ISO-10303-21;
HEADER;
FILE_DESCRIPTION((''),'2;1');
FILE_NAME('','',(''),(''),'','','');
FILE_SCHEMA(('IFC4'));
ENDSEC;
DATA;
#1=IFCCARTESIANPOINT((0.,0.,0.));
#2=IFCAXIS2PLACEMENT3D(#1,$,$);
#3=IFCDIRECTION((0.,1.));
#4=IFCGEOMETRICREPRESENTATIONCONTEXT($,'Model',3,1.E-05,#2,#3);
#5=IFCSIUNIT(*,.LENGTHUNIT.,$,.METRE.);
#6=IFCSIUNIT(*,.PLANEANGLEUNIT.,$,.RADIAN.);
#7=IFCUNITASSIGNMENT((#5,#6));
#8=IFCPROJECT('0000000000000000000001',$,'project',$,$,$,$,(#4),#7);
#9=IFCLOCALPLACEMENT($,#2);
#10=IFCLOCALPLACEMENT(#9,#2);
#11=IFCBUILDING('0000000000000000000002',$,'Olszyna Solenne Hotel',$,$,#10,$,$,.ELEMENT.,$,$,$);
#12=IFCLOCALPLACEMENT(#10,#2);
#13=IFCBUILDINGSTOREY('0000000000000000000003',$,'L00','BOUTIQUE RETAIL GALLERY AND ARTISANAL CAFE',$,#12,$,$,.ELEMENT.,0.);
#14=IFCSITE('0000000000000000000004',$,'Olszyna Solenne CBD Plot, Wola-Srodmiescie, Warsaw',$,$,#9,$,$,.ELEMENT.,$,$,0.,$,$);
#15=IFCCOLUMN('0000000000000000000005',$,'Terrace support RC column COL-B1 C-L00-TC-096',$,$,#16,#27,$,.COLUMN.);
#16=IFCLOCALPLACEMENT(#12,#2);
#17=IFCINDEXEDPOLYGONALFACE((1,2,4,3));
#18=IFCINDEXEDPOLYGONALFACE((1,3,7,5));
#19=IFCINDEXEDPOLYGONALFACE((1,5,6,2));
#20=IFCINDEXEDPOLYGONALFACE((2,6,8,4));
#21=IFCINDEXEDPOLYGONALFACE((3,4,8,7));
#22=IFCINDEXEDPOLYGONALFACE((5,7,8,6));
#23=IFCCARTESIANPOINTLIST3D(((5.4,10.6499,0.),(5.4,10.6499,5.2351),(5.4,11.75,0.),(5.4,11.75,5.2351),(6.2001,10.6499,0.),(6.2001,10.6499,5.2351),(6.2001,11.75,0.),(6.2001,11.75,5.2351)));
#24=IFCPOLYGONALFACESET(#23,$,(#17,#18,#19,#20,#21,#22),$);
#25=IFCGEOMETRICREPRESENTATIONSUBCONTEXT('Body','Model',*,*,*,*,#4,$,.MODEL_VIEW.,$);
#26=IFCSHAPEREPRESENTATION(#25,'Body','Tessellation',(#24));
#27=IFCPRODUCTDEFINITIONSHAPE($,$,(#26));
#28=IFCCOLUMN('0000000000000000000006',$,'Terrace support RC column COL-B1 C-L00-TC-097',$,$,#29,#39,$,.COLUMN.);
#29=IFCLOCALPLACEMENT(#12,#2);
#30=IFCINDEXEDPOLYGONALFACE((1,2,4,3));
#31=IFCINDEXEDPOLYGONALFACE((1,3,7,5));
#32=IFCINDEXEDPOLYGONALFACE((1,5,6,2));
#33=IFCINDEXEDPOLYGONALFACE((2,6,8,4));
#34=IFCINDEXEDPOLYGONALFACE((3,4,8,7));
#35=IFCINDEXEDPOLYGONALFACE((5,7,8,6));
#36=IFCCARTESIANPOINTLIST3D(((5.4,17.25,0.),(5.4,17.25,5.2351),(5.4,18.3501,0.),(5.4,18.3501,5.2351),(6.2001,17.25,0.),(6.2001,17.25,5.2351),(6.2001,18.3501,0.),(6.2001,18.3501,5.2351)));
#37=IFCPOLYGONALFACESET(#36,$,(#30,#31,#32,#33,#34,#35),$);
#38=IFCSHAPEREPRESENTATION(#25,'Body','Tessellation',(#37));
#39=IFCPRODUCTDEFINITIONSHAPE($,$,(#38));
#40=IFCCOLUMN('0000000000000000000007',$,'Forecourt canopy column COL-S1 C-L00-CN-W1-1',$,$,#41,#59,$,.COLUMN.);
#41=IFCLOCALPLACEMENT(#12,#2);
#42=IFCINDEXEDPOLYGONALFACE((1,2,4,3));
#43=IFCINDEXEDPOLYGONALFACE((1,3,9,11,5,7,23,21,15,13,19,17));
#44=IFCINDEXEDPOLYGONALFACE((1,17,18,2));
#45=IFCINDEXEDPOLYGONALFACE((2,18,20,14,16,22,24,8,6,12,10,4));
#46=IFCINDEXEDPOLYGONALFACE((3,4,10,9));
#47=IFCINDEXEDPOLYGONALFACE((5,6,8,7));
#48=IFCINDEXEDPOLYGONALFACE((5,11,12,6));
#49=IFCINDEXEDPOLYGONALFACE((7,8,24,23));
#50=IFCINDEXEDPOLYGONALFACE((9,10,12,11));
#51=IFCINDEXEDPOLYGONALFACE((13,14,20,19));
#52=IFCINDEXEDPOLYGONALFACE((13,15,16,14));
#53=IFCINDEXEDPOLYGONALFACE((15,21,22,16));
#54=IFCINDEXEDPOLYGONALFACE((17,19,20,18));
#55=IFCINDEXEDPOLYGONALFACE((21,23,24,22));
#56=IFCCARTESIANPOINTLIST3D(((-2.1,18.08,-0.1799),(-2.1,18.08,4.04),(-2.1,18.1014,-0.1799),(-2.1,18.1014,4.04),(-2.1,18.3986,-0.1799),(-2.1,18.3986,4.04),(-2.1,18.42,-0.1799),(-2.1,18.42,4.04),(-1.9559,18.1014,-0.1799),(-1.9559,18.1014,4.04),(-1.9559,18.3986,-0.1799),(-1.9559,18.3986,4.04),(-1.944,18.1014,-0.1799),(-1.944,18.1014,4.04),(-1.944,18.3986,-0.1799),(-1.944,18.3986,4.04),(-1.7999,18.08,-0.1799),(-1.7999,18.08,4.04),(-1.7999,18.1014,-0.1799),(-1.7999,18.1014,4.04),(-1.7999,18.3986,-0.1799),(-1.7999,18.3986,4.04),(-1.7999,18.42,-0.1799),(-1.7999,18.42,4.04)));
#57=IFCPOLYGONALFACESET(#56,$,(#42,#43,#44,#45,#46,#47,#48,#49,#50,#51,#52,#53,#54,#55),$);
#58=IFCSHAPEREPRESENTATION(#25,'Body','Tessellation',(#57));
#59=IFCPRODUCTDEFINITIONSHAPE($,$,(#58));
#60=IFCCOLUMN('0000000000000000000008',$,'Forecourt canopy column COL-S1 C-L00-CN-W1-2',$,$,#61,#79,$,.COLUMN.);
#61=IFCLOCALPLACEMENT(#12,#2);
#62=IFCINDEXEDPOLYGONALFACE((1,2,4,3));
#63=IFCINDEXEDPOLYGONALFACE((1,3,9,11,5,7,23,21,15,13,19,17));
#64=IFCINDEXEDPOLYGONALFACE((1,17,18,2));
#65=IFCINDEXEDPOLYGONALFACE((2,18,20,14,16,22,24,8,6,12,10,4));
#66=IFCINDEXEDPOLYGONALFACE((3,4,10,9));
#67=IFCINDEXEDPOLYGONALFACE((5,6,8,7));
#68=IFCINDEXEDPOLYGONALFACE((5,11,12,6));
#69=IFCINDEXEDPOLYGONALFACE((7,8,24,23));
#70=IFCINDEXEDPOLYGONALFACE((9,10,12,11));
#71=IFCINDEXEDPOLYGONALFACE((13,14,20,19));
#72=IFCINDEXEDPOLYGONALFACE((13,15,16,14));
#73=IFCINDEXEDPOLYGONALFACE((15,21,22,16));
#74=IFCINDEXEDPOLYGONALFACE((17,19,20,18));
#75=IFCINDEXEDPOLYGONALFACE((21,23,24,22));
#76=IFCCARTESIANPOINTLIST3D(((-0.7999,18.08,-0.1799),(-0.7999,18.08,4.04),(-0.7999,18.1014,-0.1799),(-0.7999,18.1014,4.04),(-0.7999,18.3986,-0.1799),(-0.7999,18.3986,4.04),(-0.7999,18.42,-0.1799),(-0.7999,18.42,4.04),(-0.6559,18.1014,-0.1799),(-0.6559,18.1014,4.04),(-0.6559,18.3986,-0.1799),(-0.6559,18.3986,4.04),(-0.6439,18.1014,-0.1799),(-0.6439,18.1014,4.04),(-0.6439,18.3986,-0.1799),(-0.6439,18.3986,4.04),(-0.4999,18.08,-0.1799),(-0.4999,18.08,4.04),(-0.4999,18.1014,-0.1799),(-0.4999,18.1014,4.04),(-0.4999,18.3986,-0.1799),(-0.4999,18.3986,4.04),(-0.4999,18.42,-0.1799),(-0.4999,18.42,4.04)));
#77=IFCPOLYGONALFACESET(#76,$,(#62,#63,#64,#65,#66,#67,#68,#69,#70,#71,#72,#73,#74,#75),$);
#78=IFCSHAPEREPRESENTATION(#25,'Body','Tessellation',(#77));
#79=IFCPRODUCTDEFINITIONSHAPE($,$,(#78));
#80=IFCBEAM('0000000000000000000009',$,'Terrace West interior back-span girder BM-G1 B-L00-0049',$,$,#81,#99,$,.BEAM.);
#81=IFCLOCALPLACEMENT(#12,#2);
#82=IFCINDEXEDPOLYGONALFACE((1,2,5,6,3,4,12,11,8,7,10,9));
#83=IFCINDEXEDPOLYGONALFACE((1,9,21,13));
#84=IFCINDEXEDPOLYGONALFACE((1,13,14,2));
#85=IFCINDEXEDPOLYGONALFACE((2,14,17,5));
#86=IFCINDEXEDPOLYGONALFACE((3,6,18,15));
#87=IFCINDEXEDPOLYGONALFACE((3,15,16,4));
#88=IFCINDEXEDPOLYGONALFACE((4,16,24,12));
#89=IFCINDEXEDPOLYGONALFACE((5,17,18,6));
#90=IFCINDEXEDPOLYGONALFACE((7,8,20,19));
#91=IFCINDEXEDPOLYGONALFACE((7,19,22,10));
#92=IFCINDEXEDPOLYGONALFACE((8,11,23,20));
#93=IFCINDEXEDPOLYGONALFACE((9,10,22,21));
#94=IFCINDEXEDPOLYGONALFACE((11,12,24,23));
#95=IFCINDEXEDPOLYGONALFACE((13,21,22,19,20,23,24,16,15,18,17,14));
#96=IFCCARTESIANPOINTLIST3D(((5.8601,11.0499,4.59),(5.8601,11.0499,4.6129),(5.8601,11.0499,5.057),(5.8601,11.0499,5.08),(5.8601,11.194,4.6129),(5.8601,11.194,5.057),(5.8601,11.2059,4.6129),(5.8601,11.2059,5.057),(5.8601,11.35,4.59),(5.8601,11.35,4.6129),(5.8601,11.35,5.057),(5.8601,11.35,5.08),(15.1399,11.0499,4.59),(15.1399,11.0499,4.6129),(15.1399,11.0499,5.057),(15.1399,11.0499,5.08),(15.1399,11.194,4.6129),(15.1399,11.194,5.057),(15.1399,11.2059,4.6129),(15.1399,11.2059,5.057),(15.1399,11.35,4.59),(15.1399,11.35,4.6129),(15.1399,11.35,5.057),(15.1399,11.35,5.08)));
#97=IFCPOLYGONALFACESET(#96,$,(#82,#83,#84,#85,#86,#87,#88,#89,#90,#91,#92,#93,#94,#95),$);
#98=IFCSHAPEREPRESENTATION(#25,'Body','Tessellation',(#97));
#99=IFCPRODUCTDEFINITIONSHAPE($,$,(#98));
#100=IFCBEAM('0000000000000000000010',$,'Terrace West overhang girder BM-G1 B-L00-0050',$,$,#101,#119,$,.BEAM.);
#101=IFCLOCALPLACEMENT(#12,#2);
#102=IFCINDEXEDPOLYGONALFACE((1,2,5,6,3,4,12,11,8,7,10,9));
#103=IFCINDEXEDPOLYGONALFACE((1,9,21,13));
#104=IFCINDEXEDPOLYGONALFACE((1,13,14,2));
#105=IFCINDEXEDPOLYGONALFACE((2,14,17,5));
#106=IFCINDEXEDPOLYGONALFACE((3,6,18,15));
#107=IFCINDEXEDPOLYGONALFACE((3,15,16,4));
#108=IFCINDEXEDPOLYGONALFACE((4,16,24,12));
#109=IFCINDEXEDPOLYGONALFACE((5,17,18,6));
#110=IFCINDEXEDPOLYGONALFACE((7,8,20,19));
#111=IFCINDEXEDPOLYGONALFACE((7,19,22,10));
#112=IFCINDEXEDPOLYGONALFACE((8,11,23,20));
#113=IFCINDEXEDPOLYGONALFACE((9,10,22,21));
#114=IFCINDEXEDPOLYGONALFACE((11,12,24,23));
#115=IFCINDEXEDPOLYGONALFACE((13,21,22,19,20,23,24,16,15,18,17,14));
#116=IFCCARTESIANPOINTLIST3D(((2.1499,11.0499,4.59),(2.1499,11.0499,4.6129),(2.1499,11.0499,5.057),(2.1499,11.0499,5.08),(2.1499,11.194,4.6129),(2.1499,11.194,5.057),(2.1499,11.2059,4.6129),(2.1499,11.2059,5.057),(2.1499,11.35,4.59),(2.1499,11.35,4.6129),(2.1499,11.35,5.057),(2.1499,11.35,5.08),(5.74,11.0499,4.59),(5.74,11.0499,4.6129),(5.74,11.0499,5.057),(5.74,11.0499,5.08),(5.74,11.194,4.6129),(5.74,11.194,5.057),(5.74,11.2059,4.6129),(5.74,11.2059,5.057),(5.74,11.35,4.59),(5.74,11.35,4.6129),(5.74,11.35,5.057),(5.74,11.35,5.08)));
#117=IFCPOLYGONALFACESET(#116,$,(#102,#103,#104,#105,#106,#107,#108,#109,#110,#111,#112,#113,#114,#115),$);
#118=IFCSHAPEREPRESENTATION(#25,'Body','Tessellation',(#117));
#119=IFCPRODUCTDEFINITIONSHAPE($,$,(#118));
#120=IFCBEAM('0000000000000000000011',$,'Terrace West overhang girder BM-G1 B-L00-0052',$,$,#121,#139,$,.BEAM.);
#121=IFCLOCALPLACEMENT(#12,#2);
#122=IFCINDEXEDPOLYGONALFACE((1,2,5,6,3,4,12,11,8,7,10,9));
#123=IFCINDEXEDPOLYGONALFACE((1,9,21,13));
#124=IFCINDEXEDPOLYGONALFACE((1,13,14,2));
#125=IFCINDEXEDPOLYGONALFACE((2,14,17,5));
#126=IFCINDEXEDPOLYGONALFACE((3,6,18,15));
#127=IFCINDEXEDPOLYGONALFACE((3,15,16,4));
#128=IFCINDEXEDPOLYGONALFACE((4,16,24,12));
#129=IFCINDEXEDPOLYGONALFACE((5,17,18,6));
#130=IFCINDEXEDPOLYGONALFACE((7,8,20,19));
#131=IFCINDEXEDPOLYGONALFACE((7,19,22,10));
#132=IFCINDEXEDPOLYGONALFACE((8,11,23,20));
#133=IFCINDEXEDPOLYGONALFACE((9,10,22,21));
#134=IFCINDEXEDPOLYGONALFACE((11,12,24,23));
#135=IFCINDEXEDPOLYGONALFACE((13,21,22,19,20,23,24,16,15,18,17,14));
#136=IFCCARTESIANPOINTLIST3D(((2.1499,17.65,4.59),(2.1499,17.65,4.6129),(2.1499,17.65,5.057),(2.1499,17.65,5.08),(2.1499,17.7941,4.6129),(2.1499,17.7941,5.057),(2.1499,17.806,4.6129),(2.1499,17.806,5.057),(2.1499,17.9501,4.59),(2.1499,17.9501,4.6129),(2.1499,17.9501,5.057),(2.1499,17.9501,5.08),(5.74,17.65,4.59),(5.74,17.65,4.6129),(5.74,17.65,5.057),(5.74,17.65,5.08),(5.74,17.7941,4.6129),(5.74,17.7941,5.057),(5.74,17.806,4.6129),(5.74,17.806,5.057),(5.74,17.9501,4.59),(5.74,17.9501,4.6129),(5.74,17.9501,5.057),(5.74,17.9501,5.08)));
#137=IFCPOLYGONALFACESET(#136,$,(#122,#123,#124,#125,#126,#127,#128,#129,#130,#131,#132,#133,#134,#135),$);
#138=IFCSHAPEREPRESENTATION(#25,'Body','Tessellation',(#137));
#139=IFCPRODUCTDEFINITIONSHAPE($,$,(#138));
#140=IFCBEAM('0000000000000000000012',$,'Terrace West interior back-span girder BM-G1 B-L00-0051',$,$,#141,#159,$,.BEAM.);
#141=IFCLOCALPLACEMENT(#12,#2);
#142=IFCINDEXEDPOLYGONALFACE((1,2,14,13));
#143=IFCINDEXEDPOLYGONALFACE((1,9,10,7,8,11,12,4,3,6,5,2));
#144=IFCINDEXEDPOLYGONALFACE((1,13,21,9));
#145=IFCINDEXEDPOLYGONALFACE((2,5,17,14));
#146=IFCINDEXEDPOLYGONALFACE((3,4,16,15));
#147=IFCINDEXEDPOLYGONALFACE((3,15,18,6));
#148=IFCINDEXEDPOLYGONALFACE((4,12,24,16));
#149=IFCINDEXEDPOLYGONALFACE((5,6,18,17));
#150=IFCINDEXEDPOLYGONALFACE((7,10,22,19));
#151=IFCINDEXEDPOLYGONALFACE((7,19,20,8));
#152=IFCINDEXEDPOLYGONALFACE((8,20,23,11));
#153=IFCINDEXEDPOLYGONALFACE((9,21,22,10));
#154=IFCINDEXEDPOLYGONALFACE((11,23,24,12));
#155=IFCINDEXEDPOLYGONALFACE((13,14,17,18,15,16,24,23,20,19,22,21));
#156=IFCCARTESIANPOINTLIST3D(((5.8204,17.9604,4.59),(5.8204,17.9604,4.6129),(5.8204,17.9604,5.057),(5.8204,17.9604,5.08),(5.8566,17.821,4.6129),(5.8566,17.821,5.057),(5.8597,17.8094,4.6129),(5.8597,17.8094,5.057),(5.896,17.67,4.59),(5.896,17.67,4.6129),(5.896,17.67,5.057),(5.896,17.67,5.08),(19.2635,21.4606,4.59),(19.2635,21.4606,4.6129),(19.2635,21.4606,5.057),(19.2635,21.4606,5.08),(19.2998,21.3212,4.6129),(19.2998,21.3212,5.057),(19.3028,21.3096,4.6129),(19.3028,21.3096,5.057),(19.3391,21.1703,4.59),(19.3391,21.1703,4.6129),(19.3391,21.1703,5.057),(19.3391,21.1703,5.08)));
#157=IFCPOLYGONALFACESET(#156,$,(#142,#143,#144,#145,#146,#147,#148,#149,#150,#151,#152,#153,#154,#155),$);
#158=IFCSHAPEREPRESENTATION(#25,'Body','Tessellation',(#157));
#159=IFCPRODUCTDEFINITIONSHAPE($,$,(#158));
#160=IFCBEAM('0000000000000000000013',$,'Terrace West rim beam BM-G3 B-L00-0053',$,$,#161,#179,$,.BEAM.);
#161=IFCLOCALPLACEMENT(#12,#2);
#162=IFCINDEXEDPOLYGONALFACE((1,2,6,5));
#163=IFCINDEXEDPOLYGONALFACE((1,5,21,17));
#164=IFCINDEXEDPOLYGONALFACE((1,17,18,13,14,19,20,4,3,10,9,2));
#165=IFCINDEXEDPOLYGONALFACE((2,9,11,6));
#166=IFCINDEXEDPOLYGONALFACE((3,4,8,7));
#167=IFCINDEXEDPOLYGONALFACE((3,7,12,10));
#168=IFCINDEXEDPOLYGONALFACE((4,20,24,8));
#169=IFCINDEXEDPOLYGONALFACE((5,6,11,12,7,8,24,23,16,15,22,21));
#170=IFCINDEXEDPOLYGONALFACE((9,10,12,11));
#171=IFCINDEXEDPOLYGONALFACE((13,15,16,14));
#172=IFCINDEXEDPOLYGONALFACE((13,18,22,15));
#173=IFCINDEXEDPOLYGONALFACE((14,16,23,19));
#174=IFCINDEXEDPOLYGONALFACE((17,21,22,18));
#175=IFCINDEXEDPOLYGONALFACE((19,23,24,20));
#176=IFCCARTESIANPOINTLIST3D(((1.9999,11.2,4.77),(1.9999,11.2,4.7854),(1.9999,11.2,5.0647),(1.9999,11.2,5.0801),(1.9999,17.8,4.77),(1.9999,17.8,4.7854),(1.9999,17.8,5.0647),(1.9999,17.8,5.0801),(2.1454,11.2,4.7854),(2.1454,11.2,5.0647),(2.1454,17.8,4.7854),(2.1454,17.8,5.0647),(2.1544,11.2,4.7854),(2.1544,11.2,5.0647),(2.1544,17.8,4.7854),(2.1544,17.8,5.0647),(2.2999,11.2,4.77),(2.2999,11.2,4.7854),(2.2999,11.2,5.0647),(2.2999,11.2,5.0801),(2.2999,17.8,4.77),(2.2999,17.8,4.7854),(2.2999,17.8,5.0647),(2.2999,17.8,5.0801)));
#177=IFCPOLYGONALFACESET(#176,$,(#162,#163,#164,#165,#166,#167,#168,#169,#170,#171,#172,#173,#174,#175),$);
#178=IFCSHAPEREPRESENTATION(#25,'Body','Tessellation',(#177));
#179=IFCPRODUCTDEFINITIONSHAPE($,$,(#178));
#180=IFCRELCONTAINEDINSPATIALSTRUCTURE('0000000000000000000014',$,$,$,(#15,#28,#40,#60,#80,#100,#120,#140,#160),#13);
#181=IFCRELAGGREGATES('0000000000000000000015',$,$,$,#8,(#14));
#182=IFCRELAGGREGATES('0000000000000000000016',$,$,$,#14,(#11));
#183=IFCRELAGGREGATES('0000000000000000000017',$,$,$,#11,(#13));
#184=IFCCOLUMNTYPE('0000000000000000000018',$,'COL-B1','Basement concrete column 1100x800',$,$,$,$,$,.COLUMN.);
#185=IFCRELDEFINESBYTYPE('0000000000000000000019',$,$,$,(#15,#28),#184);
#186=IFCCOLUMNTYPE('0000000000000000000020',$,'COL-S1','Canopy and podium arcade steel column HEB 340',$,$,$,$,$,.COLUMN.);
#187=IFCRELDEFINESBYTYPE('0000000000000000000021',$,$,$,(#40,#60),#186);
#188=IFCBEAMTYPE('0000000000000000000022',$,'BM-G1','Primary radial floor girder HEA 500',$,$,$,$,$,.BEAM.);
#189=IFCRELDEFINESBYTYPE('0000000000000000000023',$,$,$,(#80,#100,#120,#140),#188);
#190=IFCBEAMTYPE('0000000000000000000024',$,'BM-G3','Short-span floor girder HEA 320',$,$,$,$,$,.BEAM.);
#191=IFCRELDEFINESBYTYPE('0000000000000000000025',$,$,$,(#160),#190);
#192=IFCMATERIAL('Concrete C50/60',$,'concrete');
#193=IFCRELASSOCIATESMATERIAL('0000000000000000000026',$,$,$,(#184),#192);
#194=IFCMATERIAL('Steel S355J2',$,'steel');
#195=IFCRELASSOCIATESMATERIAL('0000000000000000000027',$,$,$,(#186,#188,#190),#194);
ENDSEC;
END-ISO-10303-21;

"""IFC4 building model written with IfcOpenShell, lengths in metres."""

from ifc_helpers import new_model, si_unit, direction, frame, origin, origin_2d, place, context, subcontext, project, spatial, rectangle, i_section, extrude, source, transform, mapped, material, material_profile, profile_set, type_object, element, save


model = new_model("IFC4")

# Units and contexts
model_context = context("Model", 3, precision=1e-05, world=origin(), true_north=direction((0.0, 1.0)))
body_context = subcontext(model_context, "Body", "Model", "MODEL_VIEW")
ifc_project = project(units=[si_unit("LENGTHUNIT", "METRE"), si_unit("PLANEANGLEUNIT", "RADIAN")], contexts=[model_context])

# Site, building, storey
site_placement = place(None, origin())
site = spatial("IfcSite", under=ifc_project, at=site_placement, Name="Olszyna Solenne CBD Plot, Wola-Srodmiescie, Warsaw", CompositionType="ELEMENT", RefElevation=0.0)
building_placement = place(site_placement, origin())
building = spatial("IfcBuilding", under=site, at=building_placement, Name="Olszyna Solenne Hotel", CompositionType="ELEMENT")
storey_placement = place(building_placement, origin())
storey = spatial("IfcBuildingStorey", under=building, at=storey_placement, Name="L00", Description="BOUTIQUE RETAIL GALLERY AND ARTISANAL CAFE", CompositionType="ELEMENT", Elevation=0.0)

# Columns
ifc_material_1 = material(Name="Concrete C50/60", Category="concrete")
ifc_material_profile_1 = material_profile(ifc_material_1, rectangle(XDim=0.8, YDim=1.1001, at=origin_2d()), Name="RC 1100x800", Category="load-bearing")
ifc_profile_set_1 = profile_set([ifc_material_profile_1], Name="Concrete C50/60")
column_type_1 = type_object("IfcColumnType", Name="COL-B1", Description="Basement concrete column 1100x800", PredefinedType="COLUMN", material=ifc_profile_set_1)
shared_shape_1 = source(origin(), body_context, "Body", "SweptSolid", [
    extrude(rectangle(XDim=0.8, YDim=1.1001, at=origin_2d()), origin(), (0.0, 0.0, 1.0), 5.2351),
])
for number, where, z_axis, x_axis, name in (
    (1, (5.8, 11.2, 0.0), (0.0, 0.0, 1.0), (1.0, 0.0, 0.0), "Terrace support RC column COL-B1 C-L00-TC-096"),
    (2, (5.8, 17.8, 0.0), (0.0, 0.0, 1.0), (1.0, 0.0, 0.0), "Terrace support RC column COL-B1 C-L00-TC-097"),
):
    element("IfcColumn", number, at=place(storey_placement, frame(where, z_axis=z_axis, x_axis=x_axis)), inside=storey, type_object=column_type_1, Name=name, PredefinedType="COLUMN", context=body_context, shape_type="MappedRepresentation", body=[
        mapped(shared_shape_1, transform((0.0, 0.0, 0.0), x_axis=(1.0, 0.0, 0.0), y_axis=(0.0, 1.0, 0.0), z_axis=(0.0, 0.0, 1.0), scale=1.0)),
    ])
ifc_material_2 = material(Name="Steel S355J2", Category="steel")
ifc_material_profile_2 = material_profile(ifc_material_2, i_section(OverallWidth=0.3, OverallDepth=0.3401, WebThickness=0.012, FlangeThickness=0.0215, at=origin_2d()), Name="HEB 340", Category="load-bearing")
ifc_profile_set_2 = profile_set([ifc_material_profile_2], Name="Steel S355J2")
column_type_2 = type_object("IfcColumnType", Name="COL-S1", Description="Canopy and podium arcade steel column HEB 340", PredefinedType="COLUMN", material=ifc_profile_set_2)
shared_shape_2 = source(origin(), body_context, "Body", "SweptSolid", [
    extrude(i_section(OverallWidth=0.3, OverallDepth=0.3401, WebThickness=0.012, FlangeThickness=0.0215, at=origin_2d()), origin(), (0.0, 0.0, 1.0), 4.22),
])
for number, where, z_axis, x_axis, name in (
    (3, (-1.95, 18.25, -0.1799), (0.0, 0.0, 1.0), (1.0, 0.0, 0.0), "Forecourt canopy column COL-S1 C-L00-CN-W1-1"),
    (4, (-0.6499, 18.25, -0.1799), (0.0, 0.0, 1.0), (1.0, 0.0, 0.0), "Forecourt canopy column COL-S1 C-L00-CN-W1-2"),
):
    element("IfcColumn", number, at=place(storey_placement, frame(where, z_axis=z_axis, x_axis=x_axis)), inside=storey, type_object=column_type_2, Name=name, PredefinedType="COLUMN", context=body_context, shape_type="MappedRepresentation", body=[
        mapped(shared_shape_2, transform((0.0, 0.0, 0.0), x_axis=(1.0, 0.0, 0.0), y_axis=(0.0, 1.0, 0.0), z_axis=(0.0, 0.0, 1.0), scale=1.0)),
    ])

# Beams
ifc_material_profile_3 = material_profile(ifc_material_2, i_section(OverallWidth=0.3, OverallDepth=0.49, WebThickness=0.012, FlangeThickness=0.0229, at=origin_2d()), Name="HEA 500", Category="load-bearing")
ifc_profile_set_3 = profile_set([ifc_material_profile_3], Name="Steel S355J2")
beam_type_1 = type_object("IfcBeamType", Name="BM-G1", Description="Primary radial floor girder HEA 500", PredefinedType="BEAM", material=ifc_profile_set_3)
shared_shape_3 = source(origin(), body_context, "Body", "SweptSolid", [
    extrude(i_section(OverallWidth=0.3, OverallDepth=0.49, WebThickness=0.012, FlangeThickness=0.0229, at=origin_2d()), origin(), (0.0, 0.0, 1.0), 9.2798),
])
beam_1_placement = place(storey_placement, frame((5.8601, 11.2, 4.835), z_axis=(1.0, 0.0, 0.0), x_axis=(0.0, 1.0, 0.0)))
element("IfcBeam", 5, at=beam_1_placement, inside=storey, type_object=beam_type_1, Name="Terrace West interior back-span girder BM-G1 B-L00-0049", PredefinedType="BEAM", context=body_context, shape_type="MappedRepresentation", body=[
    mapped(shared_shape_3, transform((0.0, 0.0, 0.0), x_axis=(1.0, 0.0, 0.0), y_axis=(0.0, 1.0, 0.0), z_axis=(0.0, 0.0, 1.0), scale=1.0)),
])
shared_shape_4 = source(origin(), body_context, "Body", "SweptSolid", [
    extrude(i_section(OverallWidth=0.3, OverallDepth=0.49, WebThickness=0.012, FlangeThickness=0.0229, at=origin_2d()), origin(), (0.0, 0.0, 1.0), 3.5901),
])
for number, where, z_axis, x_axis, name in (
    (6, (2.1499, 11.2, 4.835), (1.0, 0.0, 0.0), (0.0, 1.0, 0.0), "Terrace West overhang girder BM-G1 B-L00-0050"),
    (7, (2.1499, 17.8, 4.835), (1.0, 0.0, 0.0), (0.0, 1.0, 0.0), "Terrace West overhang girder BM-G1 B-L00-0052"),
):
    element("IfcBeam", number, at=place(storey_placement, frame(where, z_axis=z_axis, x_axis=x_axis)), inside=storey, type_object=beam_type_1, Name=name, PredefinedType="BEAM", context=body_context, shape_type="MappedRepresentation", body=[
        mapped(shared_shape_4, transform((0.0, 0.0, 0.0), x_axis=(1.0, 0.0, 0.0), y_axis=(0.0, 1.0, 0.0), z_axis=(0.0, 0.0, 1.0), scale=1.0)),
    ])
shared_shape_5 = source(origin(), body_context, "Body", "SweptSolid", [
    extrude(i_section(OverallWidth=0.3, OverallDepth=0.49, WebThickness=0.012, FlangeThickness=0.0229, at=origin_2d()), origin(), (0.0, 0.0, 1.0), 13.8914),
])
beam_2_placement = place(storey_placement, frame((5.8582, 17.8152, 4.835), z_axis=(0.967734, 0.251973, 0.0), x_axis=(-0.251973, 0.967734, 0.0)))
element("IfcBeam", 8, at=beam_2_placement, inside=storey, type_object=beam_type_1, Name="Terrace West interior back-span girder BM-G1 B-L00-0051", PredefinedType="BEAM", context=body_context, shape_type="MappedRepresentation", body=[
    mapped(shared_shape_5, transform((0.0, 0.0, 0.0), x_axis=(1.0, 0.0, 0.0), y_axis=(0.0, 1.0, 0.0), z_axis=(0.0, 0.0, 1.0), scale=1.0)),
])
ifc_material_profile_4 = material_profile(ifc_material_2, i_section(OverallWidth=0.3, OverallDepth=0.3101, WebThickness=0.009, FlangeThickness=0.0154, at=origin_2d()), Name="HEA 320", Category="load-bearing")
ifc_profile_set_4 = profile_set([ifc_material_profile_4], Name="Steel S355J2")
beam_type_2 = type_object("IfcBeamType", Name="BM-G3", Description="Short-span floor girder HEA 320", PredefinedType="BEAM", material=ifc_profile_set_4)
shared_shape_6 = source(origin(), body_context, "Body", "SweptSolid", [
    extrude(i_section(OverallWidth=0.3, OverallDepth=0.3101, WebThickness=0.009, FlangeThickness=0.0154, at=origin_2d()), origin(), (0.0, 0.0, 1.0), 6.6001),
])
beam_3_placement = place(storey_placement, frame((2.1499, 11.2, 4.925), z_axis=(0.0, 1.0, 0.0), x_axis=(-1.0, 0.0, 0.0)))
element("IfcBeam", 9, at=beam_3_placement, inside=storey, type_object=beam_type_2, Name="Terrace West rim beam BM-G3 B-L00-0053", PredefinedType="BEAM", context=body_context, shape_type="MappedRepresentation", body=[
    mapped(shared_shape_6, transform((0.0, 0.0, 0.0), x_axis=(1.0, 0.0, 0.0), y_axis=(0.0, 1.0, 0.0), z_axis=(0.0, 0.0, 1.0), scale=1.0)),
])

save(model, "model.ifc")
